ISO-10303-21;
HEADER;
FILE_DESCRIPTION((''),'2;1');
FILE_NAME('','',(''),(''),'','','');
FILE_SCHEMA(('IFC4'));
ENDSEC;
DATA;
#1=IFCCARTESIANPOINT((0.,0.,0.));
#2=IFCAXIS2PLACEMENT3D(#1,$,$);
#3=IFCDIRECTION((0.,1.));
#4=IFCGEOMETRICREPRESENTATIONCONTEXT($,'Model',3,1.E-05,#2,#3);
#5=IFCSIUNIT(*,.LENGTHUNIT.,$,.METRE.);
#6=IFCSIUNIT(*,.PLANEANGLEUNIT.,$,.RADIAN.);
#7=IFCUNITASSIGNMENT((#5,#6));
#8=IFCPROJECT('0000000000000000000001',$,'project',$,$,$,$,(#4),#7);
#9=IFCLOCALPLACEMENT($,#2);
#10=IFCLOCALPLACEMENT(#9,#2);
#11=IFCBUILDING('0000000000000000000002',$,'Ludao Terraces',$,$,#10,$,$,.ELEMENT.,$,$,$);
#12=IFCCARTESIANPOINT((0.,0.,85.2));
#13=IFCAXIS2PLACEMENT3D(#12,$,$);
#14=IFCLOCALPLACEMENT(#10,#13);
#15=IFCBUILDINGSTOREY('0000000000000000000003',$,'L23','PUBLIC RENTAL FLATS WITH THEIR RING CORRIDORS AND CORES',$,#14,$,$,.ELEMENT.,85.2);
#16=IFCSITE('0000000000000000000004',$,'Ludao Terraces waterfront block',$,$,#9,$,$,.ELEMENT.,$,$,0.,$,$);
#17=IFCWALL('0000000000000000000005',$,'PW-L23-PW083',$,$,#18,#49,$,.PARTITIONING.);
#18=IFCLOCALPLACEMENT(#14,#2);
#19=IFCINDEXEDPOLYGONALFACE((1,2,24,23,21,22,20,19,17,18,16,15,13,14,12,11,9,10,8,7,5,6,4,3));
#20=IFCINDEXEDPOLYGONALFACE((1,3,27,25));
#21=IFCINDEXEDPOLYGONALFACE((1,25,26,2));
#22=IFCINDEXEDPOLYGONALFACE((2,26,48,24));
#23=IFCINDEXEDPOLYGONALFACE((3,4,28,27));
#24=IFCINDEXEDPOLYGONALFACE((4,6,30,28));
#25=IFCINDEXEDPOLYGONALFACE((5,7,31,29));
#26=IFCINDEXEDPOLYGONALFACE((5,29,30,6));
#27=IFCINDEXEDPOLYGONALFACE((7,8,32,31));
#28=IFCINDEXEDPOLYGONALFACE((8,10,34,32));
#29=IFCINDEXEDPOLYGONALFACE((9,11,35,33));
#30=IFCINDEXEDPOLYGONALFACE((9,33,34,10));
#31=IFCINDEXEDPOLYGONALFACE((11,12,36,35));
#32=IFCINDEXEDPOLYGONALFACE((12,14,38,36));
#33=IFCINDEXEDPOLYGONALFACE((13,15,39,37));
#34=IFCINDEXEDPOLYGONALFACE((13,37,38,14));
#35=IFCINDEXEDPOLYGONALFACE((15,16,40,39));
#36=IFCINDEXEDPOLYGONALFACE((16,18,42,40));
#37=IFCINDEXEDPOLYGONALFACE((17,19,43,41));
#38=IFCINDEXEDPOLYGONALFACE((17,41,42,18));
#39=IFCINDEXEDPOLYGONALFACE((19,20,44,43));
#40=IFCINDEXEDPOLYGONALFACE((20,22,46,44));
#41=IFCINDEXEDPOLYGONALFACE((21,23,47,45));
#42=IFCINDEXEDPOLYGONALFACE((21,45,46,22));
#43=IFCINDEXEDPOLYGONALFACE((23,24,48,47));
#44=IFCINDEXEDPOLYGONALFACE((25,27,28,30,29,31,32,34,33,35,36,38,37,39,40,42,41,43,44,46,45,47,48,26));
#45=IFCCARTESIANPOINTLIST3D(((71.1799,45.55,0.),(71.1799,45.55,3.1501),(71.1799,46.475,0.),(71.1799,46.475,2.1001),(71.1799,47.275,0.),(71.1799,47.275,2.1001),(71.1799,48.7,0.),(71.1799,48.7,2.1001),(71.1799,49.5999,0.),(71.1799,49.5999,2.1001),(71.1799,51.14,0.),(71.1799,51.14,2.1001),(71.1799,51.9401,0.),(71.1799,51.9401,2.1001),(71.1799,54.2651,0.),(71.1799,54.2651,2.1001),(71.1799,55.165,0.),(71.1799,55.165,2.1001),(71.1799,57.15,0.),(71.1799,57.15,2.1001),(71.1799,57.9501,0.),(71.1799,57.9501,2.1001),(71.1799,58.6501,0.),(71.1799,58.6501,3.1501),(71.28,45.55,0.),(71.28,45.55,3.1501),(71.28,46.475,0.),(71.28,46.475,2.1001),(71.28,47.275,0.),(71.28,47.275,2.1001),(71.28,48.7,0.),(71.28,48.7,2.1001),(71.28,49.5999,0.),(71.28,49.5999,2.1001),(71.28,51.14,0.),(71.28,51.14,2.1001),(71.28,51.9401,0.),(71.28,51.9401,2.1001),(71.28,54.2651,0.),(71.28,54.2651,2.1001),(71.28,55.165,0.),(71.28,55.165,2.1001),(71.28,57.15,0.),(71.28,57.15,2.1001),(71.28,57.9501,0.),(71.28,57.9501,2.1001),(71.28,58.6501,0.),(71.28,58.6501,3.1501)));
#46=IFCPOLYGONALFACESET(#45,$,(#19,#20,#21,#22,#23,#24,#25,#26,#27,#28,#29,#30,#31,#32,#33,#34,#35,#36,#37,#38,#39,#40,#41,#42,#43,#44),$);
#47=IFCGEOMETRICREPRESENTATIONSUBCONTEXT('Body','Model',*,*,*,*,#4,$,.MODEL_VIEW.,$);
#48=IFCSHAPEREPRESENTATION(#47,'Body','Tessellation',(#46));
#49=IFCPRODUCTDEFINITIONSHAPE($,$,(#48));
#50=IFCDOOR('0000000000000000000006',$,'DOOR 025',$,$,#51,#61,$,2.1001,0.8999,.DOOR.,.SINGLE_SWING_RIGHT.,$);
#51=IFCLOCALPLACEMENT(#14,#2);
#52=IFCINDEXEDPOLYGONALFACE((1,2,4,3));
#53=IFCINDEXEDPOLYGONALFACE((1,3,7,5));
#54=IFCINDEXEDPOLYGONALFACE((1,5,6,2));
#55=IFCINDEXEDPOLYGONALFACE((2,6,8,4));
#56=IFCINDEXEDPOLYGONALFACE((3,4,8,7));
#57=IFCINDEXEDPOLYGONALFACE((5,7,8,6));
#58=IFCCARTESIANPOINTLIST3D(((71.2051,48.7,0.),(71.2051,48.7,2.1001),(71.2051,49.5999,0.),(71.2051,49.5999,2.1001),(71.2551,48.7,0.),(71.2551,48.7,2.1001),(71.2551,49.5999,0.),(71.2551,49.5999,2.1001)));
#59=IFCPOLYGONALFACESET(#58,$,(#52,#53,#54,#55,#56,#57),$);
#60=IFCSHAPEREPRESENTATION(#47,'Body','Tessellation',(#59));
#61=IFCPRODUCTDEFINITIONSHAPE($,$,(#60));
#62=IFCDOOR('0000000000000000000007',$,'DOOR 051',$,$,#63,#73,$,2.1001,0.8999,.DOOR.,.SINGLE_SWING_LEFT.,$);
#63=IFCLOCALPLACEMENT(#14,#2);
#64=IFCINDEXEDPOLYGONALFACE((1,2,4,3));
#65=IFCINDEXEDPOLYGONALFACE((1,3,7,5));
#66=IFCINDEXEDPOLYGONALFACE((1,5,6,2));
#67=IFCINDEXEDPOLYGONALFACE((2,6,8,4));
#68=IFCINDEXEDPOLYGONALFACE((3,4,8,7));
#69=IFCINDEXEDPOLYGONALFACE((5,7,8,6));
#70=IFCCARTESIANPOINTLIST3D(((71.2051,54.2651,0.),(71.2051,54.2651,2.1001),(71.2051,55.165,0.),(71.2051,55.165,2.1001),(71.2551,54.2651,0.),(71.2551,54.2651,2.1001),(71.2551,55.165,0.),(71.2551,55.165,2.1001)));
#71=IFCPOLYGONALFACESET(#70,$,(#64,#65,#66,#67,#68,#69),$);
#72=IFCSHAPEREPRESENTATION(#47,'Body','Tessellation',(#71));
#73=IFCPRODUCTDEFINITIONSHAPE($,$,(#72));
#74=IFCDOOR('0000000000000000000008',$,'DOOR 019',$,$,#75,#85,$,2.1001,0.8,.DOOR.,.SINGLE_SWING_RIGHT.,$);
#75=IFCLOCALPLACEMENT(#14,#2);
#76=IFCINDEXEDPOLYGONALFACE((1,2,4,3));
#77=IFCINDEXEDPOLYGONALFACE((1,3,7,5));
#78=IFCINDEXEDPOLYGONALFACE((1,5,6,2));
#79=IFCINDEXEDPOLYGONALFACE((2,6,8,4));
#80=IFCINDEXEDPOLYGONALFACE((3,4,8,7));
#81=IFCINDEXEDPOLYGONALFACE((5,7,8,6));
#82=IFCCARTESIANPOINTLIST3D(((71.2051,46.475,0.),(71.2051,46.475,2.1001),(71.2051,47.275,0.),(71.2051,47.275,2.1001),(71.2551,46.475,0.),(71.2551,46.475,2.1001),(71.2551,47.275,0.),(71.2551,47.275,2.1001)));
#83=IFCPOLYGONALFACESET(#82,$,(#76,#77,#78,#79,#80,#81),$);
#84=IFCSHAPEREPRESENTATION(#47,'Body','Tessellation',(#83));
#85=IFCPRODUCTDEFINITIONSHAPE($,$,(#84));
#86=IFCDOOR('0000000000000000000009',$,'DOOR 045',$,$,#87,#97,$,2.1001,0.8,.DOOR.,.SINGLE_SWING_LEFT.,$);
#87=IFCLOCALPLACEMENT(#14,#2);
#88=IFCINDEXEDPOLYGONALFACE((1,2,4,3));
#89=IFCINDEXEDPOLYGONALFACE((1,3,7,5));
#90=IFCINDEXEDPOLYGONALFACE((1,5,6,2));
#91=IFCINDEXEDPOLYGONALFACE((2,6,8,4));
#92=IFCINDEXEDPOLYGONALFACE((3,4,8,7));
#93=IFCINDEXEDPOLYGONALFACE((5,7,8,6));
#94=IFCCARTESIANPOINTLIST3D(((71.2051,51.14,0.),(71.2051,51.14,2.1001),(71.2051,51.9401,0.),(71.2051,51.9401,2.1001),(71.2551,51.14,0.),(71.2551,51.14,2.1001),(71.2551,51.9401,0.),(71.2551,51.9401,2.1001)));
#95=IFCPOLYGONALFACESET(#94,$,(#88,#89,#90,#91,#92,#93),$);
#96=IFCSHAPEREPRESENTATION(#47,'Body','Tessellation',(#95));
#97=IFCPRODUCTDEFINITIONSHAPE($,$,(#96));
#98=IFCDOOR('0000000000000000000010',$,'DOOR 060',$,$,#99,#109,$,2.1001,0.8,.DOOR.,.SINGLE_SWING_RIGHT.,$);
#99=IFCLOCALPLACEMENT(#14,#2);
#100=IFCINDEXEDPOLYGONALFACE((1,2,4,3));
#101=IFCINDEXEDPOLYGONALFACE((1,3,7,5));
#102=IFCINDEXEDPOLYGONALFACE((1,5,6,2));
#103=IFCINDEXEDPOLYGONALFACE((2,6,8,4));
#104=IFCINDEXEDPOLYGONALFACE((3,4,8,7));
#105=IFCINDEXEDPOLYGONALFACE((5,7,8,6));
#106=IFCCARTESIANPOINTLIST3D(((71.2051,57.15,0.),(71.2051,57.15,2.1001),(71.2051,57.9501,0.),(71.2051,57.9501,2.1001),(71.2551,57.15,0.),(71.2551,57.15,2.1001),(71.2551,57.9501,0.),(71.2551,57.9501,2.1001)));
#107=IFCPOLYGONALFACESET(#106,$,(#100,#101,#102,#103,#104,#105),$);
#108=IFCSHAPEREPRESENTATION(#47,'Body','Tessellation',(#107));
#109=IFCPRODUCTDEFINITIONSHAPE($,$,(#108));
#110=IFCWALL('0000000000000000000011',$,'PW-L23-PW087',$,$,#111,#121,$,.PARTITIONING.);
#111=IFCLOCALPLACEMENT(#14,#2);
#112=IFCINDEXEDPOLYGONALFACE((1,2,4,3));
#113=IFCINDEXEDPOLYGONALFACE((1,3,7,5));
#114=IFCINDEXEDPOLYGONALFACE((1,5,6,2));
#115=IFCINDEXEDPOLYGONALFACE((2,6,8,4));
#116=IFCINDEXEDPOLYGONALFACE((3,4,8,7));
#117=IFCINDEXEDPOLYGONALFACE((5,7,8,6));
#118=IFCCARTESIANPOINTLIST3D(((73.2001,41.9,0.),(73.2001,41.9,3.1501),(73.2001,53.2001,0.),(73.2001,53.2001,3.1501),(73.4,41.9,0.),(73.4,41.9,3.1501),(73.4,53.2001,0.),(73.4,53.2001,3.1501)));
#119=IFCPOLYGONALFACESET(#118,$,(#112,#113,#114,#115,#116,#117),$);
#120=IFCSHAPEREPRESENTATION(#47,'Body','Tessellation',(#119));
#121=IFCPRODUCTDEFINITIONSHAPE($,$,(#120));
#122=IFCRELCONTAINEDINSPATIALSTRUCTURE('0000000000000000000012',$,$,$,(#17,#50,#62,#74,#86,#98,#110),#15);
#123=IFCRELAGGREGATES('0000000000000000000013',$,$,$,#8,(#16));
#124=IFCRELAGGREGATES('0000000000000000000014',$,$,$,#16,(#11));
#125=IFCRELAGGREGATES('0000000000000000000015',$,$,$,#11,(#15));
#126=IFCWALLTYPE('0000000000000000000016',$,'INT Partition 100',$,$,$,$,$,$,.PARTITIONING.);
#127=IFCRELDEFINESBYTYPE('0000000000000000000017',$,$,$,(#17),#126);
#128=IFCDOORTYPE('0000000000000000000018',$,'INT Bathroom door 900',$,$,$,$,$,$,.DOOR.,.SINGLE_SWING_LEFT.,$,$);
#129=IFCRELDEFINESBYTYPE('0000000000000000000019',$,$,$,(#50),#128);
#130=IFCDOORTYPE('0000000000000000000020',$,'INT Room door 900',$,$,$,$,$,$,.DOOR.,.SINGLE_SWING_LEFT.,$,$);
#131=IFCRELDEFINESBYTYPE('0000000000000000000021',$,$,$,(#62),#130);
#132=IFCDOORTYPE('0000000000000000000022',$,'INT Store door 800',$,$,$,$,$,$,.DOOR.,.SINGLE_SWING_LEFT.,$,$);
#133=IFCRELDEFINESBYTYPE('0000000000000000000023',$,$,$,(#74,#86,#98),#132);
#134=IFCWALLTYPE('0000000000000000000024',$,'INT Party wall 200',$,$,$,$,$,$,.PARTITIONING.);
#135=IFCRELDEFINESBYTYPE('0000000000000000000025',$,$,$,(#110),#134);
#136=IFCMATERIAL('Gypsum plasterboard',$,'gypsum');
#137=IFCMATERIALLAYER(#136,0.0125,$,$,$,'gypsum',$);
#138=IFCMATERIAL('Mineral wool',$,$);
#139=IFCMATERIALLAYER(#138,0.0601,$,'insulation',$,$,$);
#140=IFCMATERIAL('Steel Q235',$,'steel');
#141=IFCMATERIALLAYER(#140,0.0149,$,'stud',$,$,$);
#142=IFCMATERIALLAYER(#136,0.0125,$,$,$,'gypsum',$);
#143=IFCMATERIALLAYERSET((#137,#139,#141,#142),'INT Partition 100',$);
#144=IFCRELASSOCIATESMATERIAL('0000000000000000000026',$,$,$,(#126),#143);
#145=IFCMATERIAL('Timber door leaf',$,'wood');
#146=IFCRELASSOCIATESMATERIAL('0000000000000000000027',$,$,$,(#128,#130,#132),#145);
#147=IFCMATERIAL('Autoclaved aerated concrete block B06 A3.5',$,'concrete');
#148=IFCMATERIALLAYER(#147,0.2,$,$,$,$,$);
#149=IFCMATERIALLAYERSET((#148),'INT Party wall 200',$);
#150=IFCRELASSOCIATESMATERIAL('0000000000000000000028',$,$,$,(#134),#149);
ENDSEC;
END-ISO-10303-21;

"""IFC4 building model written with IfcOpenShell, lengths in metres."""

from ifc_helpers import new_model, si_unit, direction, frame, frame_2d, origin, place, context, subcontext, project, spatial, rectangle, extrude, material, layer, layer_set, type_object, element, fill, save


model = new_model("IFC4")

# Units and contexts
model_context = context("Model", 3, precision=1e-05, world=origin(), true_north=direction((0.0, 1.0)))
body_context = subcontext(model_context, "Body", "Model", "MODEL_VIEW")
ifc_project = project(units=[si_unit("LENGTHUNIT", "METRE"), si_unit("PLANEANGLEUNIT", "RADIAN")], contexts=[model_context])

# Site, building, storey
site_placement = place(None, origin())
site = spatial("IfcSite", under=ifc_project, at=site_placement, Name="Ludao Terraces waterfront block", CompositionType="ELEMENT", RefElevation=0.0)
building_placement = place(site_placement, origin())
building = spatial("IfcBuilding", under=site, at=building_placement, Name="Ludao Terraces", CompositionType="ELEMENT")
storey_placement = place(building_placement, frame((0.0, 0.0, 85.2)))
storey = spatial("IfcBuildingStorey", under=building, at=storey_placement, Name="L23", Description="PUBLIC RENTAL FLATS WITH THEIR RING CORRIDORS AND CORES", CompositionType="ELEMENT", Elevation=85.2)

# Wall, openings, doors
ifc_material_1 = material(Name="Gypsum plasterboard", Category="gypsum")
ifc_layer_1 = layer(ifc_material_1, 0.0125, Category="gypsum")
ifc_material_2 = material(Name="Mineral wool")
ifc_layer_2 = layer(ifc_material_2, 0.0601, Name="insulation")
ifc_material_3 = material(Name="Steel Q235", Category="steel")
ifc_layer_3 = layer(ifc_material_3, 0.0149, Name="stud")
ifc_layer_4 = layer(ifc_material_1, 0.0125, Category="gypsum")
ifc_layer_set_1 = layer_set([ifc_layer_1, ifc_layer_2, ifc_layer_3, ifc_layer_4], Name="INT Partition 100")
wall_type_1 = type_object("IfcWallType", Name="INT Partition 100", PredefinedType="PARTITIONING", material=ifc_layer_set_1)
ifc_material_4 = material(Name="Timber door leaf", Category="wood")
door_type_1 = type_object("IfcDoorType", Name="INT Bathroom door 900", OperationType="SINGLE_SWING_LEFT", PredefinedType="DOOR", material=ifc_material_4)
door_type_2 = type_object("IfcDoorType", Name="INT Room door 900", OperationType="SINGLE_SWING_LEFT", PredefinedType="DOOR", material=ifc_material_4)
wall_1_placement = place(storey_placement, frame((71.23, 45.55, 0.0), z_axis=(0.0, 0.0, 1.0), x_axis=(0.0, 1.0, 0.0)))
wall_1 = element("IfcWall", 1, at=wall_1_placement, inside=storey, type_object=wall_type_1, Name="PW-L23-PW083", PredefinedType="PARTITIONING", context=body_context, shape_type="SweptSolid", body=[
    extrude(rectangle(XDim=13.1001, YDim=0.1001, at=frame_2d((6.55, 0.0))), origin(), (0.0, 0.0, 1.0), 3.1501),
])
opening_1_placement = place(wall_1_placement, frame((0.925, 0.0, 0.0)))
opening_1 = element("IfcOpeningElement", 2, at=opening_1_placement, cuts=wall_1, PredefinedType="OPENING", context=body_context, shape_type="SweptSolid", body=[
    extrude(rectangle(XDim=0.8, YDim=2.1001, at=frame_2d((0.3999, 1.05))), frame((0.0, 0.0601, 0.0), z_axis=(0.0, -1.0, 0.0), x_axis=(1.0, 0.0, 0.0)), (0.0, 0.0, 1.0), 0.1201),
])
opening_2_placement = place(wall_1_placement, frame((3.1499, 0.0, 0.0)))
opening_2 = element("IfcOpeningElement", 3, at=opening_2_placement, cuts=wall_1, PredefinedType="OPENING", context=body_context, shape_type="SweptSolid", body=[
    extrude(rectangle(XDim=0.8999, YDim=2.1001, at=frame_2d((0.45, 1.05))), frame((0.0, 0.0601, 0.0), z_axis=(0.0, -1.0, 0.0), x_axis=(1.0, 0.0, 0.0)), (0.0, 0.0, 1.0), 0.1201),
])
opening_3_placement = place(wall_1_placement, frame((5.5901, 0.0, 0.0)))
opening_3 = element("IfcOpeningElement", 4, at=opening_3_placement, cuts=wall_1, PredefinedType="OPENING", context=body_context, shape_type="SweptSolid", body=[
    extrude(rectangle(XDim=0.8, YDim=2.1001, at=frame_2d((0.3999, 1.05))), frame((0.0, 0.0601, 0.0), z_axis=(0.0, -1.0, 0.0), x_axis=(1.0, 0.0, 0.0)), (0.0, 0.0, 1.0), 0.1201),
])
opening_4_placement = place(wall_1_placement, frame((8.7151, 0.0, 0.0)))
opening_4 = element("IfcOpeningElement", 5, at=opening_4_placement, cuts=wall_1, PredefinedType="OPENING", context=body_context, shape_type="SweptSolid", body=[
    extrude(rectangle(XDim=0.8999, YDim=2.1001, at=frame_2d((0.45, 1.05))), frame((0.0, 0.0601, 0.0), z_axis=(0.0, -1.0, 0.0), x_axis=(1.0, 0.0, 0.0)), (0.0, 0.0, 1.0), 0.1201),
])
opening_5_placement = place(wall_1_placement, frame((11.6001, 0.0, 0.0)))
opening_5 = element("IfcOpeningElement", 6, at=opening_5_placement, cuts=wall_1, PredefinedType="OPENING", context=body_context, shape_type="SweptSolid", body=[
    extrude(rectangle(XDim=0.8, YDim=2.1001, at=frame_2d((0.3999, 1.05))), frame((0.0, 0.0601, 0.0), z_axis=(0.0, -1.0, 0.0), x_axis=(1.0, 0.0, 0.0)), (0.0, 0.0, 1.0), 0.1201),
])
door_1_placement = place(opening_2_placement, origin())
door_1 = element("IfcDoor", 7, at=door_1_placement, inside=storey, type_object=door_type_1, Name="DOOR 025", OperationType="SINGLE_SWING_RIGHT", OverallHeight=2.1001, OverallWidth=0.8999, PredefinedType="DOOR", context=body_context, shape_type="SweptSolid", body=[
    extrude(rectangle(XDim=0.8999, YDim=2.1001, at=frame_2d((0.45, 1.05))), frame((0.0, 0.0249, 0.0), z_axis=(0.0, -1.0, 0.0), x_axis=(1.0, 0.0, 0.0)), (0.0, 0.0, 1.0), 0.05),
])
fill(opening_2, door_1)
door_2_placement = place(opening_4_placement, origin())
door_2 = element("IfcDoor", 8, at=door_2_placement, inside=storey, type_object=door_type_2, Name="DOOR 051", OperationType="SINGLE_SWING_LEFT", OverallHeight=2.1001, OverallWidth=0.8999, PredefinedType="DOOR", context=body_context, shape_type="SweptSolid", body=[
    extrude(rectangle(XDim=0.8999, YDim=2.1001, at=frame_2d((0.45, 1.05))), frame((0.0, 0.0249, 0.0), z_axis=(0.0, -1.0, 0.0), x_axis=(1.0, 0.0, 0.0)), (0.0, 0.0, 1.0), 0.05),
])
fill(opening_4, door_2)
door_type_3 = type_object("IfcDoorType", Name="INT Store door 800", OperationType="SINGLE_SWING_LEFT", PredefinedType="DOOR", material=ifc_material_4)
door_3_placement = place(opening_1_placement, origin())
door_3 = element("IfcDoor", 9, at=door_3_placement, inside=storey, type_object=door_type_3, Name="DOOR 019", OperationType="SINGLE_SWING_RIGHT", OverallHeight=2.1001, OverallWidth=0.8, PredefinedType="DOOR", context=body_context, shape_type="SweptSolid", body=[
    extrude(rectangle(XDim=0.8, YDim=2.1001, at=frame_2d((0.3999, 1.05))), frame((0.0, 0.0249, 0.0), z_axis=(0.0, -1.0, 0.0), x_axis=(1.0, 0.0, 0.0)), (0.0, 0.0, 1.0), 0.05),
])
fill(opening_1, door_3)
door_4_placement = place(opening_3_placement, origin())
door_4 = element("IfcDoor", 10, at=door_4_placement, inside=storey, type_object=door_type_3, Name="DOOR 045", OperationType="SINGLE_SWING_LEFT", OverallHeight=2.1001, OverallWidth=0.8, PredefinedType="DOOR", context=body_context, shape_type="SweptSolid", body=[
    extrude(rectangle(XDim=0.8, YDim=2.1001, at=frame_2d((0.3999, 1.05))), frame((0.0, 0.0249, 0.0), z_axis=(0.0, -1.0, 0.0), x_axis=(1.0, 0.0, 0.0)), (0.0, 0.0, 1.0), 0.05),
])
fill(opening_3, door_4)
door_5_placement = place(opening_5_placement, origin())
door_5 = element("IfcDoor", 11, at=door_5_placement, inside=storey, type_object=door_type_3, Name="DOOR 060", OperationType="SINGLE_SWING_RIGHT", OverallHeight=2.1001, OverallWidth=0.8, PredefinedType="DOOR", context=body_context, shape_type="SweptSolid", body=[
    extrude(rectangle(XDim=0.8, YDim=2.1001, at=frame_2d((0.3999, 1.05))), frame((0.0, 0.0249, 0.0), z_axis=(0.0, -1.0, 0.0), x_axis=(1.0, 0.0, 0.0)), (0.0, 0.0, 1.0), 0.05),
])
fill(opening_5, door_5)

# Wall
ifc_material_5 = material(Name="Autoclaved aerated concrete block B06 A3.5", Category="concrete")
ifc_layer_5 = layer(ifc_material_5, 0.2)
ifc_layer_set_2 = layer_set([ifc_layer_5], Name="INT Party wall 200")
wall_type_2 = type_object("IfcWallType", Name="INT Party wall 200", PredefinedType="PARTITIONING", material=ifc_layer_set_2)
wall_2_placement = place(storey_placement, frame((73.3, 41.9001, 0.0), z_axis=(0.0, 0.0, 1.0), x_axis=(0.0, 1.0, 0.0)))
element("IfcWall", 12, at=wall_2_placement, inside=storey, type_object=wall_type_2, Name="PW-L23-PW087", PredefinedType="PARTITIONING", context=body_context, shape_type="SweptSolid", body=[
    extrude(rectangle(XDim=11.3, YDim=0.2, at=frame_2d((5.6499, 0.0))), origin(), (0.0, 0.0, 1.0), 3.1501),
])

save(model, "model.ifc")
